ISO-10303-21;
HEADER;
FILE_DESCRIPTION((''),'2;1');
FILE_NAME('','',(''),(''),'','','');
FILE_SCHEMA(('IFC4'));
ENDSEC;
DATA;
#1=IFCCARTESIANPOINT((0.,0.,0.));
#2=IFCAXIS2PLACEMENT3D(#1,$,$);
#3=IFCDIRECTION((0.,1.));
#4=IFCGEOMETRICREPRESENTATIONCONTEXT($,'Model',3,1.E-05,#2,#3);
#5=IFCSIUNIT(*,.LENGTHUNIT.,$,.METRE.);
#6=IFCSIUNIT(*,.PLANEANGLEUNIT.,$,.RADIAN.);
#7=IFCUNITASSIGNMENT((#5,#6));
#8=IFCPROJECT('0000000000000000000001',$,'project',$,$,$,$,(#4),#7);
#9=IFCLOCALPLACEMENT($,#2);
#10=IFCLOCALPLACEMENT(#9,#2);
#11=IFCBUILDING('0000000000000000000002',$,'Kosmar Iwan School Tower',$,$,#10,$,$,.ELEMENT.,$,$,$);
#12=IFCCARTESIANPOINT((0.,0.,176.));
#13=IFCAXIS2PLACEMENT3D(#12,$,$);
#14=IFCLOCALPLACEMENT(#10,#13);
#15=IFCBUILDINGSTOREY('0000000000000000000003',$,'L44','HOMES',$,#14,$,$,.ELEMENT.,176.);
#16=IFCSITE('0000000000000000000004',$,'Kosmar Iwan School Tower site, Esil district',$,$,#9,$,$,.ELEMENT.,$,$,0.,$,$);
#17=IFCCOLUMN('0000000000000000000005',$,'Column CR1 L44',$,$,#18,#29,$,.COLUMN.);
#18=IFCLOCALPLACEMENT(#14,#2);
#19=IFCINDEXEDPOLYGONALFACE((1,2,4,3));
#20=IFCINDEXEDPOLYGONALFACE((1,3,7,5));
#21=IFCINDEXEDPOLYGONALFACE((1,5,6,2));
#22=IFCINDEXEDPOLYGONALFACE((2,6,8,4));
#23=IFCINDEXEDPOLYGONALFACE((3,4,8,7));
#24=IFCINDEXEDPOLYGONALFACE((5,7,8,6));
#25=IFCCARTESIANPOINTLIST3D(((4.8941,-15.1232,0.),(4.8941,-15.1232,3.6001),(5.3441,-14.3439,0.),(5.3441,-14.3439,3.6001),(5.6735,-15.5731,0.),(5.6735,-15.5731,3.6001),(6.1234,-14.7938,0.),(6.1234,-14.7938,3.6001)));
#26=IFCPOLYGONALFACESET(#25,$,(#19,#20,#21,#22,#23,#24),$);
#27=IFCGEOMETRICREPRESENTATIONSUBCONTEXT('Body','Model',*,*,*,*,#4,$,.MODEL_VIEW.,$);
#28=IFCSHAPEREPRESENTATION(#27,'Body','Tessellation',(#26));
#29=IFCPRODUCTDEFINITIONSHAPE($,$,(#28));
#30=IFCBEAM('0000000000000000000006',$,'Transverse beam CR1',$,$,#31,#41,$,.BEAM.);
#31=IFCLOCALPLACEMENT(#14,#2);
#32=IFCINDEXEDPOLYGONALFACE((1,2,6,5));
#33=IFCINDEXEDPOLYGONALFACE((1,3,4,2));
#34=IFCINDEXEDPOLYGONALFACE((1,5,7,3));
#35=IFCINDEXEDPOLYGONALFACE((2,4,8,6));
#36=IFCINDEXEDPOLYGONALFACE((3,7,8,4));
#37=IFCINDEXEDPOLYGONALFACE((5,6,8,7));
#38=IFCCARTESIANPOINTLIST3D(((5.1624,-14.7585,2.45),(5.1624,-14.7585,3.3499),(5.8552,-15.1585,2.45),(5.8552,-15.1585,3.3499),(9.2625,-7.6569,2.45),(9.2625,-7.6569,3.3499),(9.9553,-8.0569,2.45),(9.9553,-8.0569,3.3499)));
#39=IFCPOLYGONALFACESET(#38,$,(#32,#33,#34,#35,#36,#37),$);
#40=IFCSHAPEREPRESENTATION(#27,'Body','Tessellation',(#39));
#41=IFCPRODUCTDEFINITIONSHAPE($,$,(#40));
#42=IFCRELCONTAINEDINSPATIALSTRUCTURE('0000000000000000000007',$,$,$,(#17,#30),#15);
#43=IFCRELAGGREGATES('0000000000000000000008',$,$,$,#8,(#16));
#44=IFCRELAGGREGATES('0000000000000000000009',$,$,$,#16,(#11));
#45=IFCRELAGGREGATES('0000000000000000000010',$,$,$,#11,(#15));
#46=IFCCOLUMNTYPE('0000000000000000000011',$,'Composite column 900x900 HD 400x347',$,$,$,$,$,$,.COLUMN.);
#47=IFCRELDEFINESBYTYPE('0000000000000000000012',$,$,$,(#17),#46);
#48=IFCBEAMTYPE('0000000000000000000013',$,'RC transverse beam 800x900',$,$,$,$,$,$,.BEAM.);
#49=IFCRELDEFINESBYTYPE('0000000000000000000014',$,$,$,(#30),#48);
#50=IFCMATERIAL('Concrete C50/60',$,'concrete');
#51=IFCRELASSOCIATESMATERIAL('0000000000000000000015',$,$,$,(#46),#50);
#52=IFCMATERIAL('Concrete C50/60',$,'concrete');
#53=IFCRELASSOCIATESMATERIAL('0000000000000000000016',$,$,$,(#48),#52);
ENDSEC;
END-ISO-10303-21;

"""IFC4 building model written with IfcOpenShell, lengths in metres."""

from ifc_helpers import new_model, si_unit, direction, frame, origin, origin_2d, place, context, subcontext, project, spatial, rectangle, extrude, material, material_profile, profile_set, type_object, element, save


model = new_model("IFC4")

# Units and contexts
model_context = context("Model", 3, precision=1e-05, world=origin(), true_north=direction((0.0, 1.0)))
body_context = subcontext(model_context, "Body", "Model", "MODEL_VIEW")
ifc_project = project(units=[si_unit("LENGTHUNIT", "METRE"), si_unit("PLANEANGLEUNIT", "RADIAN")], contexts=[model_context])

# Site, building, storey
site_placement = place(None, origin())
site = spatial("IfcSite", under=ifc_project, at=site_placement, Name="Kosmar Iwan School Tower site, Esil district", CompositionType="ELEMENT", RefElevation=0.0)
building_placement = place(site_placement, origin())
building = spatial("IfcBuilding", under=site, at=building_placement, Name="Kosmar Iwan School Tower", CompositionType="ELEMENT")
storey_placement = place(building_placement, frame((0.0, 0.0, 176.0)))
storey = spatial("IfcBuildingStorey", under=building, at=storey_placement, Name="L44", Description="HOMES", CompositionType="ELEMENT", Elevation=176.0)

# Column
ifc_material_1 = material(Name="Concrete C50/60", Category="concrete")
ifc_material_profile_1 = material_profile(ifc_material_1, rectangle(XDim=0.8999, YDim=0.8999, at=origin_2d()), Name="RC 900x900 + HD 400x347")
ifc_profile_set_1 = profile_set([ifc_material_profile_1], Name="Concrete C50/60")
column_type = type_object("IfcColumnType", Name="Composite column 900x900 HD 400x347", PredefinedType="COLUMN", material=ifc_profile_set_1)
column_placement = place(storey_placement, frame((5.5088, -14.9585, 0.0), z_axis=(0.0, 0.0, 1.0), x_axis=(0.866025, -0.5, 0.0)))
element("IfcColumn", 1, at=column_placement, inside=storey, type_object=column_type, Name="Column CR1 L44", PredefinedType="COLUMN", context=body_context, shape_type="SweptSolid", body=[
    extrude(rectangle(XDim=0.8999, YDim=0.8999, at=origin_2d()), origin(), (0.0, 0.0, 1.0), 3.6001),
])

# Beam
ifc_material_2 = material(Name="Concrete C50/60", Category="concrete")
ifc_material_profile_2 = material_profile(ifc_material_2, rectangle(XDim=0.8, YDim=0.8999, at=origin_2d()), Name="RC 800x900")
ifc_profile_set_2 = profile_set([ifc_material_profile_2], Name="Concrete C50/60")
beam_type = type_object("IfcBeamType", Name="RC transverse beam 800x900", PredefinedType="BEAM", material=ifc_profile_set_2)
beam_placement = place(storey_placement, frame((5.5088, -14.9585, 2.8999), z_axis=(0.500001, 0.866025, 0.0), x_axis=(-0.866025, 0.500001, 0.0)))
element("IfcBeam", 2, at=beam_placement, inside=storey, type_object=beam_type, Name="Transverse beam CR1", PredefinedType="BEAM", context=body_context, shape_type="SweptSolid", body=[
    extrude(rectangle(XDim=0.8, YDim=0.8999, at=origin_2d()), origin(), (0.0, 0.0, 1.0), 8.2002),
])

save(model, "model.ifc")
